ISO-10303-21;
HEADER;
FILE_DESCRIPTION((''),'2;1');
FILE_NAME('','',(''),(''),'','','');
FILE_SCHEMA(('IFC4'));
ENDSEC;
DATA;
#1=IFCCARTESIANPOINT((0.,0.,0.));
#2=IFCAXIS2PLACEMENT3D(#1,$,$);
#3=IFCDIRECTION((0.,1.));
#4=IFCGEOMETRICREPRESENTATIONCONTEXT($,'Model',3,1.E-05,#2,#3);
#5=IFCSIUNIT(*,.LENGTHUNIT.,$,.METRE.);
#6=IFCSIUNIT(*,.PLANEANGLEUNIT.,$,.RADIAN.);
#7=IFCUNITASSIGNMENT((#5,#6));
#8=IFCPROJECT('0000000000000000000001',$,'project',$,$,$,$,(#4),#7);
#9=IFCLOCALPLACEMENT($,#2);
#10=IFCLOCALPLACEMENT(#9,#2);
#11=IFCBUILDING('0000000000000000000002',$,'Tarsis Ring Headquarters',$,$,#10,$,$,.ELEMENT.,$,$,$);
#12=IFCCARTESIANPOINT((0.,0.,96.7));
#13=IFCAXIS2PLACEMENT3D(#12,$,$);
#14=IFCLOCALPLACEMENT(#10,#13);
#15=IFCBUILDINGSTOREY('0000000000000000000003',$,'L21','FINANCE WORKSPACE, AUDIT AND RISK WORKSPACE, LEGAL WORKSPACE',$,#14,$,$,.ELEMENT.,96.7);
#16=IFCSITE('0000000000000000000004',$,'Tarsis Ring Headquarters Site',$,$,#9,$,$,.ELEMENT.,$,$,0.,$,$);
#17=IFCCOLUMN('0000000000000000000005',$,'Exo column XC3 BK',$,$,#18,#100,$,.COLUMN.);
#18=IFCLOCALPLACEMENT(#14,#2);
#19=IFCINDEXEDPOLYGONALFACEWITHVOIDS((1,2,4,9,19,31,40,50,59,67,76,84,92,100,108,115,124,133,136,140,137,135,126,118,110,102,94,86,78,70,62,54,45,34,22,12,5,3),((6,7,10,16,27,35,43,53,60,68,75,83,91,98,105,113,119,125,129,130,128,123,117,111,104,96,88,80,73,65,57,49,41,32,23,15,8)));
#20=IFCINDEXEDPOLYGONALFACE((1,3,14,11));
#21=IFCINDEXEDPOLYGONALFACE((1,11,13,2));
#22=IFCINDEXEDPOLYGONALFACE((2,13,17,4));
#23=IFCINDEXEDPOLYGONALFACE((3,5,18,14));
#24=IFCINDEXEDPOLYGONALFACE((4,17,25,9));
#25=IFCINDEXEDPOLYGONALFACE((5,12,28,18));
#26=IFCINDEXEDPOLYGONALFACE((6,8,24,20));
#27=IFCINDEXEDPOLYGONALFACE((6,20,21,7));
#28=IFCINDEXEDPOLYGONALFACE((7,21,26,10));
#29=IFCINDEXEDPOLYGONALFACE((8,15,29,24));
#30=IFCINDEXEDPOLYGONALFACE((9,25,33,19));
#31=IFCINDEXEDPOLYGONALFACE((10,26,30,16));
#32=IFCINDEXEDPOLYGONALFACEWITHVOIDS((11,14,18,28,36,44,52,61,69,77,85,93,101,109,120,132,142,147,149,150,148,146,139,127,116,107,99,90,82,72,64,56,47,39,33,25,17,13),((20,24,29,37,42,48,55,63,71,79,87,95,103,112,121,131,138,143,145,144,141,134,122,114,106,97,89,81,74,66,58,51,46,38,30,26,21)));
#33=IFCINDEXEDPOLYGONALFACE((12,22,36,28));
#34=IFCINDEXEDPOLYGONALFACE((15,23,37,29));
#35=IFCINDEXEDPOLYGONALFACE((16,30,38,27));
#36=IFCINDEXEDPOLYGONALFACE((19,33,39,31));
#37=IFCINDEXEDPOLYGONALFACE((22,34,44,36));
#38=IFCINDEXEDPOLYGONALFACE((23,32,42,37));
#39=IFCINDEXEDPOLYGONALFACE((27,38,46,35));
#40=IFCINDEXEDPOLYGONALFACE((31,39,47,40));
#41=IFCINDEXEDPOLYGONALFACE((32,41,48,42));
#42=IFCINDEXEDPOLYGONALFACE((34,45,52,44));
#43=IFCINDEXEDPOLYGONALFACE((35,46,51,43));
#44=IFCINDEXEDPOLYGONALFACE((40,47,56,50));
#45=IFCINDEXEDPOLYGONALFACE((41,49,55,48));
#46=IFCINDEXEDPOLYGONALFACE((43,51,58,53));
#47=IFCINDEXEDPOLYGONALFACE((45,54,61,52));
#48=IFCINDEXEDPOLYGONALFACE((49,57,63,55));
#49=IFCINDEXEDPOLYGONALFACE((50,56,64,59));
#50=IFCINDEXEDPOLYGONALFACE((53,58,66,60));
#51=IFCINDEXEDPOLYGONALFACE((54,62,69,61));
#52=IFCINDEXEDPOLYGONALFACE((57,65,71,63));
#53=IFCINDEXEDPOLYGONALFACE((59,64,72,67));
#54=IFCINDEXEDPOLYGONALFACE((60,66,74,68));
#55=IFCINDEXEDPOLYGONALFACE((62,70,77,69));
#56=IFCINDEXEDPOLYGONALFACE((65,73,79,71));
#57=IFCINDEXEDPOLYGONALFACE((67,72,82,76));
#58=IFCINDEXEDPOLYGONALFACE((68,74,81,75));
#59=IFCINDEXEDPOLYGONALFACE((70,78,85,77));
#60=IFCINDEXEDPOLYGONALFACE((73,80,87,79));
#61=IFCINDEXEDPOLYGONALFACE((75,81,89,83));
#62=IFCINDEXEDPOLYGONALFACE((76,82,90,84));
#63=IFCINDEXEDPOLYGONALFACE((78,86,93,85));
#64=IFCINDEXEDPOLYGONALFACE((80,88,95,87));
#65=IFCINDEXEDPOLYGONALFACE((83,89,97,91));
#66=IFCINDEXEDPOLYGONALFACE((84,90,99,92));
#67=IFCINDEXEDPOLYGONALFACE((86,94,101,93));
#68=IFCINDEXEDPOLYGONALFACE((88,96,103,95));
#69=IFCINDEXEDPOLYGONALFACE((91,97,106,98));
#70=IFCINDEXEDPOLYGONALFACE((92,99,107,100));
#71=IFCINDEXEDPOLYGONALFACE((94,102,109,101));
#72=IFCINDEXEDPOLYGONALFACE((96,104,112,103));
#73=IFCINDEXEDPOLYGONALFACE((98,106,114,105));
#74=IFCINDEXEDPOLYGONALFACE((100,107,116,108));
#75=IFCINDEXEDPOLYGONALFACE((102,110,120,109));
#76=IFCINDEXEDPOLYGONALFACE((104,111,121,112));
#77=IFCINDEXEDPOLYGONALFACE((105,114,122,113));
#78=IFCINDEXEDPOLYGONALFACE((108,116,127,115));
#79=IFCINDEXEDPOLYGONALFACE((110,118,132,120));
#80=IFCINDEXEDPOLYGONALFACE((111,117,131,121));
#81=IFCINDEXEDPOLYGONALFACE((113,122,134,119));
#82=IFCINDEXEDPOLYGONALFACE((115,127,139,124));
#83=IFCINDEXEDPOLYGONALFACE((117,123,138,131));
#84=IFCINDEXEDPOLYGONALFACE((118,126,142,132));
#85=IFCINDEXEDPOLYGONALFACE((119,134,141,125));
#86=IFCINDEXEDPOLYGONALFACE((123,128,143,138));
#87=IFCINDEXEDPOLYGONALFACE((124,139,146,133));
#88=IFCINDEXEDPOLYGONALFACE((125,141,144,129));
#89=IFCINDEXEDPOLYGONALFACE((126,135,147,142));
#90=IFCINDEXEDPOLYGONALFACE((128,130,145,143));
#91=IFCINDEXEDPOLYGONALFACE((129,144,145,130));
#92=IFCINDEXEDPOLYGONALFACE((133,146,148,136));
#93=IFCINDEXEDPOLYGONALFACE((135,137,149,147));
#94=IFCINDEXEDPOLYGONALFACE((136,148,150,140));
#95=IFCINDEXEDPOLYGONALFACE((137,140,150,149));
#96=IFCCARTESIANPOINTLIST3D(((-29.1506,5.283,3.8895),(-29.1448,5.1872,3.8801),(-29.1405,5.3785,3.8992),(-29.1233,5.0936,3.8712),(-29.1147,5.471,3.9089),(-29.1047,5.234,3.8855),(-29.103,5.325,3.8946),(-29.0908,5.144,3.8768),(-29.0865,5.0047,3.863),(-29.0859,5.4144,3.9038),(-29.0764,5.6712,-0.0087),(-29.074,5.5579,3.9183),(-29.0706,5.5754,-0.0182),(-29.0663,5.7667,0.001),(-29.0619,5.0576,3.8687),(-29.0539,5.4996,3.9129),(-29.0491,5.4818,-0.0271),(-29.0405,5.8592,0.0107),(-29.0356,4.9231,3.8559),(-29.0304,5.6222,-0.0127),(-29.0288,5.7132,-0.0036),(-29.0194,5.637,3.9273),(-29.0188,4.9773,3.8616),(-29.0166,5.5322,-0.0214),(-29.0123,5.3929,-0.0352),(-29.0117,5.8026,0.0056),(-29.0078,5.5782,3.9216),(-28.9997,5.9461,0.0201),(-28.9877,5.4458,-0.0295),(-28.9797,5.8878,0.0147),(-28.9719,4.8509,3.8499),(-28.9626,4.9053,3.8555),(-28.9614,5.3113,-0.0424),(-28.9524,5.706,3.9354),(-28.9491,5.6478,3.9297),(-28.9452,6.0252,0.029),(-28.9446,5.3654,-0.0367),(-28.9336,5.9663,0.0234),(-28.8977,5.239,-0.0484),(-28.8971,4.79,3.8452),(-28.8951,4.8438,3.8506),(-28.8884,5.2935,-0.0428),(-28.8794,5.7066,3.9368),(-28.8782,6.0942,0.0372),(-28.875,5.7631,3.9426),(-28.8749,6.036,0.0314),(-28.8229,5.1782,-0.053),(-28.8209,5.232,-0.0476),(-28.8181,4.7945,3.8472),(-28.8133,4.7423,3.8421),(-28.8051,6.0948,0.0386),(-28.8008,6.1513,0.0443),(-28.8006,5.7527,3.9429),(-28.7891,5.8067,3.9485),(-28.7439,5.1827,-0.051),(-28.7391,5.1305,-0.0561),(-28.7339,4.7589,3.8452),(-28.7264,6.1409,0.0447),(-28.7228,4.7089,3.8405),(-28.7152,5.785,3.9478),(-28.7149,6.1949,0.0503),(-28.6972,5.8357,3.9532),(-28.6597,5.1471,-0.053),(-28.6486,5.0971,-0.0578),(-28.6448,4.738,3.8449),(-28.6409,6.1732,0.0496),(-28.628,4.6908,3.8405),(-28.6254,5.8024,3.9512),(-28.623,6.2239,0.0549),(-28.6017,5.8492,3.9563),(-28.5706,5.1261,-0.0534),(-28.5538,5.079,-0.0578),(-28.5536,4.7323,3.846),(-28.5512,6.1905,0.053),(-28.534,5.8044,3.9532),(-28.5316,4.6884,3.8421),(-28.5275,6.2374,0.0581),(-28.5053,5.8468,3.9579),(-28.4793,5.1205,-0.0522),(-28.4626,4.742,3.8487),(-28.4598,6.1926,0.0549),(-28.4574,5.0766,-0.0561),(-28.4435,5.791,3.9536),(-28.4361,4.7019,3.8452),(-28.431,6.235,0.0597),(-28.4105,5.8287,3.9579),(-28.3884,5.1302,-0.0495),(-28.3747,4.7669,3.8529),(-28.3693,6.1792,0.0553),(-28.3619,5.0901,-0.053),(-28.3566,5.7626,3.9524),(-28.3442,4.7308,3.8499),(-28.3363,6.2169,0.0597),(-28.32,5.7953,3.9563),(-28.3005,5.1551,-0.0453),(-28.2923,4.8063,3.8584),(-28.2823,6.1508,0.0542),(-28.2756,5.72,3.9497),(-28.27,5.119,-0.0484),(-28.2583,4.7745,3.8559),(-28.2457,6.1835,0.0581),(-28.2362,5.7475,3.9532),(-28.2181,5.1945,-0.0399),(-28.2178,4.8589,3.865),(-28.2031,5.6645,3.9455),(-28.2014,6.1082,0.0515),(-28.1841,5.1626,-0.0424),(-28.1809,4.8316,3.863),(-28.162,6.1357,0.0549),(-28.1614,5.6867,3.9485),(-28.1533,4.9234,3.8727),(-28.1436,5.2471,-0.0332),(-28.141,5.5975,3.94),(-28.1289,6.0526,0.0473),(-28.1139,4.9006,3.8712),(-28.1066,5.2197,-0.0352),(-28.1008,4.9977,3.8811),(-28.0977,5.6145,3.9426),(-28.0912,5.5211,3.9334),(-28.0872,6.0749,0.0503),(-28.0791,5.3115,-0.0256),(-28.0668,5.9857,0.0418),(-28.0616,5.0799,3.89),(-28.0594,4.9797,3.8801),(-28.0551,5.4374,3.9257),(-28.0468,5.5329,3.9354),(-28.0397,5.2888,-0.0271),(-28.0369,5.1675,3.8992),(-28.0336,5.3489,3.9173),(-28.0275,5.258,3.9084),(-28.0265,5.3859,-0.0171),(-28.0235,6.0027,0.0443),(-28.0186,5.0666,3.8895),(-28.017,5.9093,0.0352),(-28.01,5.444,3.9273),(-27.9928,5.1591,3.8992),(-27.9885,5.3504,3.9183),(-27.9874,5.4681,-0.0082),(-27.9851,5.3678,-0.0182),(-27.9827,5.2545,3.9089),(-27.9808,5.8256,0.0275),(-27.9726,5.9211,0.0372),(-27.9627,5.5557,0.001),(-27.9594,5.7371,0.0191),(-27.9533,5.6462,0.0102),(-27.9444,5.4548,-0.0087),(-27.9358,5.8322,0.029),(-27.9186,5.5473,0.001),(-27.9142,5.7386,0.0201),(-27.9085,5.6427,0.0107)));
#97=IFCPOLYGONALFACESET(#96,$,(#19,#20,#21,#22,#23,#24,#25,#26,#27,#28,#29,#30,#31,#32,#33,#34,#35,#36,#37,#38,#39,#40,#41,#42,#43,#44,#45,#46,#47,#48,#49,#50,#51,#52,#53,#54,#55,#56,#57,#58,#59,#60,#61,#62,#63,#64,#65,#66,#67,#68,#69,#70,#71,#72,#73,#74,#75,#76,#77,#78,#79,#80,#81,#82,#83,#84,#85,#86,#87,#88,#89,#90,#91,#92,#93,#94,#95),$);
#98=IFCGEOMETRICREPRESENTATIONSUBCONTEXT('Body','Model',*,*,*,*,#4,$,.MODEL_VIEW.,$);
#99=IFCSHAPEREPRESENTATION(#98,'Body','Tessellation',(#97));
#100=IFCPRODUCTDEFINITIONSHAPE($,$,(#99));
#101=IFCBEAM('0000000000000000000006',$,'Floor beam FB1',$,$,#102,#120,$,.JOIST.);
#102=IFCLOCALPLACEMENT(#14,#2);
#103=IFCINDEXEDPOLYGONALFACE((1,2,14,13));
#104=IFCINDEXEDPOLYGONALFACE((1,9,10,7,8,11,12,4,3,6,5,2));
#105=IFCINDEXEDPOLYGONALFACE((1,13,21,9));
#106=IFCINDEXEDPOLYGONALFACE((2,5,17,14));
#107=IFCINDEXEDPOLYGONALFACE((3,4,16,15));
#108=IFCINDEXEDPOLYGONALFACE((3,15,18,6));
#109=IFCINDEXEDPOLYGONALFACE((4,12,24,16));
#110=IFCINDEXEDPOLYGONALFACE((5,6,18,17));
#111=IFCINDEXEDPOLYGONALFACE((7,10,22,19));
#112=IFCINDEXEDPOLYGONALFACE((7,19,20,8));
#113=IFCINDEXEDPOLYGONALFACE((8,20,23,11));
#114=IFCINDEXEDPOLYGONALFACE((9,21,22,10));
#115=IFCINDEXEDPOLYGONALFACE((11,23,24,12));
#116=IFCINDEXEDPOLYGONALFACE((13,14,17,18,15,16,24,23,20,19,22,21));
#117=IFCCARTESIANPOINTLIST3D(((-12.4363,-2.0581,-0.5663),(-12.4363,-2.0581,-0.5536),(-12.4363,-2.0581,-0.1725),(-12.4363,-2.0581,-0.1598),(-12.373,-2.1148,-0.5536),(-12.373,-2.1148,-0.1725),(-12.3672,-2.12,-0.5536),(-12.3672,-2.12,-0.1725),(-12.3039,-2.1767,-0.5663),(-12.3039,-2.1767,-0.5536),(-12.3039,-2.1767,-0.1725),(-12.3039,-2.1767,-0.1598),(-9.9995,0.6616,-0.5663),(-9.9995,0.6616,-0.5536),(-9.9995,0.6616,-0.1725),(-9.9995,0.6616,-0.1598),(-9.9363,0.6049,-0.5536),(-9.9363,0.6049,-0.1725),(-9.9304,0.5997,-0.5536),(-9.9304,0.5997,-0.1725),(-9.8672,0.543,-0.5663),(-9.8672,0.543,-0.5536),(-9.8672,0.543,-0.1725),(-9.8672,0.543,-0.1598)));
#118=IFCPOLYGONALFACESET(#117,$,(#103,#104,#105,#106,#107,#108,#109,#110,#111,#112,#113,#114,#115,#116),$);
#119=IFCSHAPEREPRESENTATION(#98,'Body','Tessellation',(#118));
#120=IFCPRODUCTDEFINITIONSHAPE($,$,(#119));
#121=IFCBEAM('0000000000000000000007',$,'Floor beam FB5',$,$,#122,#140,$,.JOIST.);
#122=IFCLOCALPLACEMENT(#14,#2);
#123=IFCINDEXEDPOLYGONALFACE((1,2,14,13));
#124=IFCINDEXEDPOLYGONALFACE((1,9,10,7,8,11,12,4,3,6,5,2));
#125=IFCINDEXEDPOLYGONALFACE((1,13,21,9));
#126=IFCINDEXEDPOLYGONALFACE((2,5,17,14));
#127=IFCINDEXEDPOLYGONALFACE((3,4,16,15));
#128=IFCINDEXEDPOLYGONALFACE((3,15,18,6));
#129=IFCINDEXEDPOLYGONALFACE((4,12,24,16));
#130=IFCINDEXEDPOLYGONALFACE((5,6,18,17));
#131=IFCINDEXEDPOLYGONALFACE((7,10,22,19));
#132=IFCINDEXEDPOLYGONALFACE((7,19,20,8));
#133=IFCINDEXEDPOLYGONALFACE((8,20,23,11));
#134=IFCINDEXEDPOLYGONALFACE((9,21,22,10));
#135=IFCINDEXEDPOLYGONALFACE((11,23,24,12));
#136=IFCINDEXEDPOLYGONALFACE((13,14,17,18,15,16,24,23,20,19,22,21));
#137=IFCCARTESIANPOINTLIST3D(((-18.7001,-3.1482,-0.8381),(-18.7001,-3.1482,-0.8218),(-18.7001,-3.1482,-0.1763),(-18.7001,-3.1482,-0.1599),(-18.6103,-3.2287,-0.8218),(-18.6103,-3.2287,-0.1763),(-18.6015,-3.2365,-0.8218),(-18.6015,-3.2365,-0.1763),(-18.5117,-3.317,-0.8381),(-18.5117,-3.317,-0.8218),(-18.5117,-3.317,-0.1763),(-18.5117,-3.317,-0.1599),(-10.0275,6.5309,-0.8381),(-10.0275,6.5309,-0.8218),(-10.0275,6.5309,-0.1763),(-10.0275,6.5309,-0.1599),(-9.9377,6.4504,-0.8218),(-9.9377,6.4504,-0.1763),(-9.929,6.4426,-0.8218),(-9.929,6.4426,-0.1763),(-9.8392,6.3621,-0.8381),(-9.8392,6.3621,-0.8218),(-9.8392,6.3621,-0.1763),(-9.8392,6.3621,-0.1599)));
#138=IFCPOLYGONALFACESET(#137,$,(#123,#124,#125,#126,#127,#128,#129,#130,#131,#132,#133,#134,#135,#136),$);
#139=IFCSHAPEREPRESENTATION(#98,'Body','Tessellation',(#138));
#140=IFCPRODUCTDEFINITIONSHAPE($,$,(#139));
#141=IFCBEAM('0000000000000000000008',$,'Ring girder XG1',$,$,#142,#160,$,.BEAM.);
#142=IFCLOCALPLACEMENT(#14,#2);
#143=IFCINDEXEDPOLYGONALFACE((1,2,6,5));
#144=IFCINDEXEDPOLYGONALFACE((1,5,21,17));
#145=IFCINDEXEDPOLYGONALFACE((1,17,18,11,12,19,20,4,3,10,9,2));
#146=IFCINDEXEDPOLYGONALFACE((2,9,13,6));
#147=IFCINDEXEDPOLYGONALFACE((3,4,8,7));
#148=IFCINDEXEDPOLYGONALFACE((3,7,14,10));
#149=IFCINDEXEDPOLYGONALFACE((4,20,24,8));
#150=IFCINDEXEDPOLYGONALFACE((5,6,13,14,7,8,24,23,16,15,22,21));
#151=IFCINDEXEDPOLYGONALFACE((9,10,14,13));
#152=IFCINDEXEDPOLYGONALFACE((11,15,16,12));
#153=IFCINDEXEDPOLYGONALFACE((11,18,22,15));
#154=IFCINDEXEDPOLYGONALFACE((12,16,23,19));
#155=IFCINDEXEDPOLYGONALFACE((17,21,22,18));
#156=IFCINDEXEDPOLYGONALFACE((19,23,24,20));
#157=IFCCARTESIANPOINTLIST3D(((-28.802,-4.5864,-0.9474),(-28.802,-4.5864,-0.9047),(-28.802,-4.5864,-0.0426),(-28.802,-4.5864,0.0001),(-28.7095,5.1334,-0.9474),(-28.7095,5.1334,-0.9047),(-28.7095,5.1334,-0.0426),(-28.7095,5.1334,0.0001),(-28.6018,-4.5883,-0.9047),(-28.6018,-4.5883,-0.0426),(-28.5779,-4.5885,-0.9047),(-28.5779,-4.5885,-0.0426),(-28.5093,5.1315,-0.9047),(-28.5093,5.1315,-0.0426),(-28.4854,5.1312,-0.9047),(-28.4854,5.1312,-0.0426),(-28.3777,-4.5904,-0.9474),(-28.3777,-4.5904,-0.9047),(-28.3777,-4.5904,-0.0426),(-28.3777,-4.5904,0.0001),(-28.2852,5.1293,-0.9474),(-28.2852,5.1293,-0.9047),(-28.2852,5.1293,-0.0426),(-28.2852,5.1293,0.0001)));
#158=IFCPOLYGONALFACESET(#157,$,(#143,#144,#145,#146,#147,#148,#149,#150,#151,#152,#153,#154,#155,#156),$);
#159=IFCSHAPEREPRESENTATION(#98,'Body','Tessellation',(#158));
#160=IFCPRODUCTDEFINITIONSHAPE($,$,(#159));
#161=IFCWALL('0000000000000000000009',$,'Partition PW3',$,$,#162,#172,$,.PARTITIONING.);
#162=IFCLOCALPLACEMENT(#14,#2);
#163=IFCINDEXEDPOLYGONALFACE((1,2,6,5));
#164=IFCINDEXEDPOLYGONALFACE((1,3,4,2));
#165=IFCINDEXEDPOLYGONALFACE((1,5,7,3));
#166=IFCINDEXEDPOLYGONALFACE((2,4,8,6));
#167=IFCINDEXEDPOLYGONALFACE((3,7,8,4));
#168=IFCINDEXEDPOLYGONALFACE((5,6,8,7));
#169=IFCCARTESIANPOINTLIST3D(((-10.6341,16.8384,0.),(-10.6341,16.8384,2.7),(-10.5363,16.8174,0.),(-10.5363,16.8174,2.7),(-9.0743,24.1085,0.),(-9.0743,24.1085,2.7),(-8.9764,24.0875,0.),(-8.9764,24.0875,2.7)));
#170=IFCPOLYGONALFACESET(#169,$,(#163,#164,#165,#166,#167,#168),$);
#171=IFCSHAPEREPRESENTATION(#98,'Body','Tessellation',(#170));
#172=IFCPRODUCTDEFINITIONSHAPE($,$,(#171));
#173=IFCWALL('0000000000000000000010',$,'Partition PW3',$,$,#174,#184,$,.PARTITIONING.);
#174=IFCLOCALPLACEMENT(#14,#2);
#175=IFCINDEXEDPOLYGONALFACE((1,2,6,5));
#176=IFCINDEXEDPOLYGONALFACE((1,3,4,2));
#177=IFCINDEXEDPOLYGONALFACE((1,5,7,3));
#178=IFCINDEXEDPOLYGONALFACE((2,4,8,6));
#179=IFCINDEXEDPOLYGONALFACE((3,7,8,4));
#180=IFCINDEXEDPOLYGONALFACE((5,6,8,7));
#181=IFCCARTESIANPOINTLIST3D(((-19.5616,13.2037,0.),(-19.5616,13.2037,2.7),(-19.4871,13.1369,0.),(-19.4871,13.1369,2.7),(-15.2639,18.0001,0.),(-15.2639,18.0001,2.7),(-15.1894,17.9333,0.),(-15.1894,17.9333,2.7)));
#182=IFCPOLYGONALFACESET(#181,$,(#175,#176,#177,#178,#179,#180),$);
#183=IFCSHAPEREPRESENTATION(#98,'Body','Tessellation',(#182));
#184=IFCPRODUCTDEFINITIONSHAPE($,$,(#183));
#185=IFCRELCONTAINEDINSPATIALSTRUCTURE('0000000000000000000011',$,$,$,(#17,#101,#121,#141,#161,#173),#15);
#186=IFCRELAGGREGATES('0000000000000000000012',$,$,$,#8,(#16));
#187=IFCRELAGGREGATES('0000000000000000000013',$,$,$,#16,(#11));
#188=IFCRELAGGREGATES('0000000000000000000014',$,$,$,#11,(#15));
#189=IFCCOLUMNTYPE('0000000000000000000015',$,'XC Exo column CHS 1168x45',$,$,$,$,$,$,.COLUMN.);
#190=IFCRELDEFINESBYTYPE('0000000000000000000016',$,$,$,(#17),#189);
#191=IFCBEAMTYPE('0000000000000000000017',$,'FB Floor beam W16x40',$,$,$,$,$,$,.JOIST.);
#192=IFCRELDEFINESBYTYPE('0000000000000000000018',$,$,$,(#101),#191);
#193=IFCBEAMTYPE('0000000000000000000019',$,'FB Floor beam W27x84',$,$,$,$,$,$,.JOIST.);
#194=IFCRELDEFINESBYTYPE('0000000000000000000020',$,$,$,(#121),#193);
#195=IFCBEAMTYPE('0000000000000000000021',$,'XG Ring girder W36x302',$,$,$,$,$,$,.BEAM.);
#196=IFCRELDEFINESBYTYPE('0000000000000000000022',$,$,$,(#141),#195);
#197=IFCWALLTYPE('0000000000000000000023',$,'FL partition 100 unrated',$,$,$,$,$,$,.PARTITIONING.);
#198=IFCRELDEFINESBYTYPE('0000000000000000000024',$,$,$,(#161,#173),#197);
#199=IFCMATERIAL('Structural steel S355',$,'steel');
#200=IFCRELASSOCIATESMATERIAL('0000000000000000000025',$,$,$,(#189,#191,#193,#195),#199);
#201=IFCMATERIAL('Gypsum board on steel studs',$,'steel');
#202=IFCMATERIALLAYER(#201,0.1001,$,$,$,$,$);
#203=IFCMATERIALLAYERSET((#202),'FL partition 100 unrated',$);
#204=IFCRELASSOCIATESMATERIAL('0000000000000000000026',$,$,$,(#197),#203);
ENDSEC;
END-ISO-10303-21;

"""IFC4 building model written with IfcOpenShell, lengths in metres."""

from ifc_helpers import new_model, si_unit, direction, frame, frame_2d, origin, origin_2d, place, context, subcontext, project, spatial, rectangle, hollow_circle, i_section, extrude, material, layer, layer_set, material_profile, profile_set, type_object, element, save


model = new_model("IFC4")

# Units and contexts
model_context = context("Model", 3, precision=1e-05, world=origin(), true_north=direction((0.0, 1.0)))
body_context = subcontext(model_context, "Body", "Model", "MODEL_VIEW")
ifc_project = project(units=[si_unit("LENGTHUNIT", "METRE"), si_unit("PLANEANGLEUNIT", "RADIAN")], contexts=[model_context])

# Site, building, storey
site_placement = place(None, origin())
site = spatial("IfcSite", under=ifc_project, at=site_placement, Name="Tarsis Ring Headquarters Site", CompositionType="ELEMENT", RefElevation=0.0)
building_placement = place(site_placement, origin())
building = spatial("IfcBuilding", under=site, at=building_placement, Name="Tarsis Ring Headquarters", CompositionType="ELEMENT")
storey_placement = place(building_placement, frame((0.0, 0.0, 96.7)))
storey = spatial("IfcBuildingStorey", under=building, at=storey_placement, Name="L21", Description="FINANCE WORKSPACE, AUDIT AND RISK WORKSPACE, LEGAL WORKSPACE", CompositionType="ELEMENT", Elevation=96.7)

# Column
ifc_material_1 = material(Name="Structural steel S355", Category="steel")
ifc_material_profile_1 = material_profile(ifc_material_1, hollow_circle(Radius=0.5842, WallThickness=0.0449, at=origin_2d()), Name="CHS 1168x45")
ifc_profile_set_1 = profile_set([ifc_material_profile_1], Name="Structural steel S355")
column_type = type_object("IfcColumnType", Name="XC Exo column CHS 1168x45", PredefinedType="COLUMN", material=ifc_profile_set_1)
column_placement = place(storey_placement, frame((-28.4924, 5.657, 0.001), z_axis=(-0.018942, -0.099073, 0.9949), x_axis=(0.982209, -0.187793, 0.0)))
element("IfcColumn", 1, at=column_placement, inside=storey, type_object=column_type, Name="Exo column XC3 BK", PredefinedType="COLUMN", context=body_context, shape_type="SweptSolid", body=[
    extrude(hollow_circle(Radius=0.5842, WallThickness=0.0449, at=origin_2d()), origin(), (0.0, 0.0, 1.0), 3.9182),
])

# Beams
ifc_material_profile_2 = material_profile(ifc_material_1, i_section(OverallWidth=0.1777, OverallDepth=0.4065, WebThickness=0.0078, FlangeThickness=0.0127, at=origin_2d()), Name="W16x40")
ifc_profile_set_2 = profile_set([ifc_material_profile_2], Name="Structural steel S355")
beam_type_1 = type_object("IfcBeamType", Name="FB Floor beam W16x40", PredefinedType="JOIST", material=ifc_profile_set_2)
beam_1_placement = place(storey_placement, frame((-9.9333, 0.6023, -0.363), z_axis=(-0.667301, -0.744788, 0.0), x_axis=(0.744788, -0.667301, 0.0)))
element("IfcBeam", 2, at=beam_1_placement, inside=storey, type_object=beam_type_1, Name="Floor beam FB1", PredefinedType="JOIST", context=body_context, shape_type="SweptSolid", body=[
    extrude(i_section(OverallWidth=0.1777, OverallDepth=0.4065, WebThickness=0.0078, FlangeThickness=0.0127, at=origin_2d()), origin(), (0.0, 0.0, 1.0), 3.6516),
])
ifc_material_profile_3 = material_profile(ifc_material_1, i_section(OverallWidth=0.2529, OverallDepth=0.6782, WebThickness=0.0117, FlangeThickness=0.0164, at=origin_2d()), Name="W27x84")
ifc_profile_set_3 = profile_set([ifc_material_profile_3], Name="Structural steel S355")
beam_type_2 = type_object("IfcBeamType", Name="FB Floor beam W27x84", PredefinedType="JOIST", material=ifc_profile_set_3)
beam_2_placement = place(storey_placement, frame((-9.9333, 6.4465, -0.499), z_axis=(-0.667319, -0.744772, 0.0), x_axis=(0.744772, -0.667319, 0.0)))
element("IfcBeam", 3, at=beam_2_placement, inside=storey, type_object=beam_type_2, Name="Floor beam FB5", PredefinedType="JOIST", context=body_context, shape_type="SweptSolid", body=[
    extrude(i_section(OverallWidth=0.2529, OverallDepth=0.6782, WebThickness=0.0117, FlangeThickness=0.0164, at=origin_2d()), origin(), (0.0, 0.0, 1.0), 12.9961),
])
ifc_material_profile_4 = material_profile(ifc_material_1, i_section(OverallWidth=0.4243, OverallDepth=0.9475, WebThickness=0.0239, FlangeThickness=0.0427, at=origin_2d()), Name="W36x302")
ifc_profile_set_4 = profile_set([ifc_material_profile_4], Name="Structural steel S355")
beam_type_3 = type_object("IfcBeamType", Name="XG Ring girder W36x302", PredefinedType="BEAM", material=ifc_profile_set_4)
beam_3_placement = place(storey_placement, frame((-28.4973, 5.1313, -0.4736), z_axis=(-0.009519, -0.999955, 0.0), x_axis=(0.999955, -0.009519, 0.0)))
element("IfcBeam", 4, at=beam_3_placement, inside=storey, type_object=beam_type_3, Name="Ring girder XG1", PredefinedType="BEAM", context=body_context, shape_type="SweptSolid", body=[
    extrude(i_section(OverallWidth=0.4243, OverallDepth=0.9475, WebThickness=0.0239, FlangeThickness=0.0427, at=origin_2d()), origin(), (0.0, 0.0, 1.0), 9.7202),
])

# Walls
ifc_material_2 = material(Name="Gypsum board on steel studs", Category="steel")
ifc_layer_1 = layer(ifc_material_2, 0.1001)
ifc_layer_set_1 = layer_set([ifc_layer_1], Name="FL partition 100 unrated")
wall_type_1 = type_object("IfcWallType", Name="FL partition 100 unrated", PredefinedType="PARTITIONING", material=ifc_layer_set_1)
wall_1_placement = place(storey_placement, frame((-10.5852, 16.8279, 0.0), z_axis=(0.0, 0.0, 1.0), x_axis=(0.20978, 0.977749, 0.0)))
element("IfcWall", 5, at=wall_1_placement, inside=storey, type_object=wall_type_1, Name="Partition PW3", PredefinedType="PARTITIONING", context=body_context, shape_type="SweptSolid", body=[
    extrude(rectangle(XDim=7.4355, YDim=0.1001, at=frame_2d((3.7178, 0.0))), origin(), (0.0, 0.0, 1.0), 2.7),
])
wall_2_placement = place(storey_placement, frame((-19.5244, 13.1702, 0.0), z_axis=(0.0, 0.0, 1.0), x_axis=(0.667321, 0.74477, 0.0)))
element("IfcWall", 6, at=wall_2_placement, inside=storey, type_object=wall_type_1, Name="Partition PW3", PredefinedType="PARTITIONING", context=body_context, shape_type="SweptSolid", body=[
    extrude(rectangle(XDim=6.4402, YDim=0.1001, at=frame_2d((3.2202, 0.0))), origin(), (0.0, 0.0, 1.0), 2.7),
])

save(model, "model.ifc")
